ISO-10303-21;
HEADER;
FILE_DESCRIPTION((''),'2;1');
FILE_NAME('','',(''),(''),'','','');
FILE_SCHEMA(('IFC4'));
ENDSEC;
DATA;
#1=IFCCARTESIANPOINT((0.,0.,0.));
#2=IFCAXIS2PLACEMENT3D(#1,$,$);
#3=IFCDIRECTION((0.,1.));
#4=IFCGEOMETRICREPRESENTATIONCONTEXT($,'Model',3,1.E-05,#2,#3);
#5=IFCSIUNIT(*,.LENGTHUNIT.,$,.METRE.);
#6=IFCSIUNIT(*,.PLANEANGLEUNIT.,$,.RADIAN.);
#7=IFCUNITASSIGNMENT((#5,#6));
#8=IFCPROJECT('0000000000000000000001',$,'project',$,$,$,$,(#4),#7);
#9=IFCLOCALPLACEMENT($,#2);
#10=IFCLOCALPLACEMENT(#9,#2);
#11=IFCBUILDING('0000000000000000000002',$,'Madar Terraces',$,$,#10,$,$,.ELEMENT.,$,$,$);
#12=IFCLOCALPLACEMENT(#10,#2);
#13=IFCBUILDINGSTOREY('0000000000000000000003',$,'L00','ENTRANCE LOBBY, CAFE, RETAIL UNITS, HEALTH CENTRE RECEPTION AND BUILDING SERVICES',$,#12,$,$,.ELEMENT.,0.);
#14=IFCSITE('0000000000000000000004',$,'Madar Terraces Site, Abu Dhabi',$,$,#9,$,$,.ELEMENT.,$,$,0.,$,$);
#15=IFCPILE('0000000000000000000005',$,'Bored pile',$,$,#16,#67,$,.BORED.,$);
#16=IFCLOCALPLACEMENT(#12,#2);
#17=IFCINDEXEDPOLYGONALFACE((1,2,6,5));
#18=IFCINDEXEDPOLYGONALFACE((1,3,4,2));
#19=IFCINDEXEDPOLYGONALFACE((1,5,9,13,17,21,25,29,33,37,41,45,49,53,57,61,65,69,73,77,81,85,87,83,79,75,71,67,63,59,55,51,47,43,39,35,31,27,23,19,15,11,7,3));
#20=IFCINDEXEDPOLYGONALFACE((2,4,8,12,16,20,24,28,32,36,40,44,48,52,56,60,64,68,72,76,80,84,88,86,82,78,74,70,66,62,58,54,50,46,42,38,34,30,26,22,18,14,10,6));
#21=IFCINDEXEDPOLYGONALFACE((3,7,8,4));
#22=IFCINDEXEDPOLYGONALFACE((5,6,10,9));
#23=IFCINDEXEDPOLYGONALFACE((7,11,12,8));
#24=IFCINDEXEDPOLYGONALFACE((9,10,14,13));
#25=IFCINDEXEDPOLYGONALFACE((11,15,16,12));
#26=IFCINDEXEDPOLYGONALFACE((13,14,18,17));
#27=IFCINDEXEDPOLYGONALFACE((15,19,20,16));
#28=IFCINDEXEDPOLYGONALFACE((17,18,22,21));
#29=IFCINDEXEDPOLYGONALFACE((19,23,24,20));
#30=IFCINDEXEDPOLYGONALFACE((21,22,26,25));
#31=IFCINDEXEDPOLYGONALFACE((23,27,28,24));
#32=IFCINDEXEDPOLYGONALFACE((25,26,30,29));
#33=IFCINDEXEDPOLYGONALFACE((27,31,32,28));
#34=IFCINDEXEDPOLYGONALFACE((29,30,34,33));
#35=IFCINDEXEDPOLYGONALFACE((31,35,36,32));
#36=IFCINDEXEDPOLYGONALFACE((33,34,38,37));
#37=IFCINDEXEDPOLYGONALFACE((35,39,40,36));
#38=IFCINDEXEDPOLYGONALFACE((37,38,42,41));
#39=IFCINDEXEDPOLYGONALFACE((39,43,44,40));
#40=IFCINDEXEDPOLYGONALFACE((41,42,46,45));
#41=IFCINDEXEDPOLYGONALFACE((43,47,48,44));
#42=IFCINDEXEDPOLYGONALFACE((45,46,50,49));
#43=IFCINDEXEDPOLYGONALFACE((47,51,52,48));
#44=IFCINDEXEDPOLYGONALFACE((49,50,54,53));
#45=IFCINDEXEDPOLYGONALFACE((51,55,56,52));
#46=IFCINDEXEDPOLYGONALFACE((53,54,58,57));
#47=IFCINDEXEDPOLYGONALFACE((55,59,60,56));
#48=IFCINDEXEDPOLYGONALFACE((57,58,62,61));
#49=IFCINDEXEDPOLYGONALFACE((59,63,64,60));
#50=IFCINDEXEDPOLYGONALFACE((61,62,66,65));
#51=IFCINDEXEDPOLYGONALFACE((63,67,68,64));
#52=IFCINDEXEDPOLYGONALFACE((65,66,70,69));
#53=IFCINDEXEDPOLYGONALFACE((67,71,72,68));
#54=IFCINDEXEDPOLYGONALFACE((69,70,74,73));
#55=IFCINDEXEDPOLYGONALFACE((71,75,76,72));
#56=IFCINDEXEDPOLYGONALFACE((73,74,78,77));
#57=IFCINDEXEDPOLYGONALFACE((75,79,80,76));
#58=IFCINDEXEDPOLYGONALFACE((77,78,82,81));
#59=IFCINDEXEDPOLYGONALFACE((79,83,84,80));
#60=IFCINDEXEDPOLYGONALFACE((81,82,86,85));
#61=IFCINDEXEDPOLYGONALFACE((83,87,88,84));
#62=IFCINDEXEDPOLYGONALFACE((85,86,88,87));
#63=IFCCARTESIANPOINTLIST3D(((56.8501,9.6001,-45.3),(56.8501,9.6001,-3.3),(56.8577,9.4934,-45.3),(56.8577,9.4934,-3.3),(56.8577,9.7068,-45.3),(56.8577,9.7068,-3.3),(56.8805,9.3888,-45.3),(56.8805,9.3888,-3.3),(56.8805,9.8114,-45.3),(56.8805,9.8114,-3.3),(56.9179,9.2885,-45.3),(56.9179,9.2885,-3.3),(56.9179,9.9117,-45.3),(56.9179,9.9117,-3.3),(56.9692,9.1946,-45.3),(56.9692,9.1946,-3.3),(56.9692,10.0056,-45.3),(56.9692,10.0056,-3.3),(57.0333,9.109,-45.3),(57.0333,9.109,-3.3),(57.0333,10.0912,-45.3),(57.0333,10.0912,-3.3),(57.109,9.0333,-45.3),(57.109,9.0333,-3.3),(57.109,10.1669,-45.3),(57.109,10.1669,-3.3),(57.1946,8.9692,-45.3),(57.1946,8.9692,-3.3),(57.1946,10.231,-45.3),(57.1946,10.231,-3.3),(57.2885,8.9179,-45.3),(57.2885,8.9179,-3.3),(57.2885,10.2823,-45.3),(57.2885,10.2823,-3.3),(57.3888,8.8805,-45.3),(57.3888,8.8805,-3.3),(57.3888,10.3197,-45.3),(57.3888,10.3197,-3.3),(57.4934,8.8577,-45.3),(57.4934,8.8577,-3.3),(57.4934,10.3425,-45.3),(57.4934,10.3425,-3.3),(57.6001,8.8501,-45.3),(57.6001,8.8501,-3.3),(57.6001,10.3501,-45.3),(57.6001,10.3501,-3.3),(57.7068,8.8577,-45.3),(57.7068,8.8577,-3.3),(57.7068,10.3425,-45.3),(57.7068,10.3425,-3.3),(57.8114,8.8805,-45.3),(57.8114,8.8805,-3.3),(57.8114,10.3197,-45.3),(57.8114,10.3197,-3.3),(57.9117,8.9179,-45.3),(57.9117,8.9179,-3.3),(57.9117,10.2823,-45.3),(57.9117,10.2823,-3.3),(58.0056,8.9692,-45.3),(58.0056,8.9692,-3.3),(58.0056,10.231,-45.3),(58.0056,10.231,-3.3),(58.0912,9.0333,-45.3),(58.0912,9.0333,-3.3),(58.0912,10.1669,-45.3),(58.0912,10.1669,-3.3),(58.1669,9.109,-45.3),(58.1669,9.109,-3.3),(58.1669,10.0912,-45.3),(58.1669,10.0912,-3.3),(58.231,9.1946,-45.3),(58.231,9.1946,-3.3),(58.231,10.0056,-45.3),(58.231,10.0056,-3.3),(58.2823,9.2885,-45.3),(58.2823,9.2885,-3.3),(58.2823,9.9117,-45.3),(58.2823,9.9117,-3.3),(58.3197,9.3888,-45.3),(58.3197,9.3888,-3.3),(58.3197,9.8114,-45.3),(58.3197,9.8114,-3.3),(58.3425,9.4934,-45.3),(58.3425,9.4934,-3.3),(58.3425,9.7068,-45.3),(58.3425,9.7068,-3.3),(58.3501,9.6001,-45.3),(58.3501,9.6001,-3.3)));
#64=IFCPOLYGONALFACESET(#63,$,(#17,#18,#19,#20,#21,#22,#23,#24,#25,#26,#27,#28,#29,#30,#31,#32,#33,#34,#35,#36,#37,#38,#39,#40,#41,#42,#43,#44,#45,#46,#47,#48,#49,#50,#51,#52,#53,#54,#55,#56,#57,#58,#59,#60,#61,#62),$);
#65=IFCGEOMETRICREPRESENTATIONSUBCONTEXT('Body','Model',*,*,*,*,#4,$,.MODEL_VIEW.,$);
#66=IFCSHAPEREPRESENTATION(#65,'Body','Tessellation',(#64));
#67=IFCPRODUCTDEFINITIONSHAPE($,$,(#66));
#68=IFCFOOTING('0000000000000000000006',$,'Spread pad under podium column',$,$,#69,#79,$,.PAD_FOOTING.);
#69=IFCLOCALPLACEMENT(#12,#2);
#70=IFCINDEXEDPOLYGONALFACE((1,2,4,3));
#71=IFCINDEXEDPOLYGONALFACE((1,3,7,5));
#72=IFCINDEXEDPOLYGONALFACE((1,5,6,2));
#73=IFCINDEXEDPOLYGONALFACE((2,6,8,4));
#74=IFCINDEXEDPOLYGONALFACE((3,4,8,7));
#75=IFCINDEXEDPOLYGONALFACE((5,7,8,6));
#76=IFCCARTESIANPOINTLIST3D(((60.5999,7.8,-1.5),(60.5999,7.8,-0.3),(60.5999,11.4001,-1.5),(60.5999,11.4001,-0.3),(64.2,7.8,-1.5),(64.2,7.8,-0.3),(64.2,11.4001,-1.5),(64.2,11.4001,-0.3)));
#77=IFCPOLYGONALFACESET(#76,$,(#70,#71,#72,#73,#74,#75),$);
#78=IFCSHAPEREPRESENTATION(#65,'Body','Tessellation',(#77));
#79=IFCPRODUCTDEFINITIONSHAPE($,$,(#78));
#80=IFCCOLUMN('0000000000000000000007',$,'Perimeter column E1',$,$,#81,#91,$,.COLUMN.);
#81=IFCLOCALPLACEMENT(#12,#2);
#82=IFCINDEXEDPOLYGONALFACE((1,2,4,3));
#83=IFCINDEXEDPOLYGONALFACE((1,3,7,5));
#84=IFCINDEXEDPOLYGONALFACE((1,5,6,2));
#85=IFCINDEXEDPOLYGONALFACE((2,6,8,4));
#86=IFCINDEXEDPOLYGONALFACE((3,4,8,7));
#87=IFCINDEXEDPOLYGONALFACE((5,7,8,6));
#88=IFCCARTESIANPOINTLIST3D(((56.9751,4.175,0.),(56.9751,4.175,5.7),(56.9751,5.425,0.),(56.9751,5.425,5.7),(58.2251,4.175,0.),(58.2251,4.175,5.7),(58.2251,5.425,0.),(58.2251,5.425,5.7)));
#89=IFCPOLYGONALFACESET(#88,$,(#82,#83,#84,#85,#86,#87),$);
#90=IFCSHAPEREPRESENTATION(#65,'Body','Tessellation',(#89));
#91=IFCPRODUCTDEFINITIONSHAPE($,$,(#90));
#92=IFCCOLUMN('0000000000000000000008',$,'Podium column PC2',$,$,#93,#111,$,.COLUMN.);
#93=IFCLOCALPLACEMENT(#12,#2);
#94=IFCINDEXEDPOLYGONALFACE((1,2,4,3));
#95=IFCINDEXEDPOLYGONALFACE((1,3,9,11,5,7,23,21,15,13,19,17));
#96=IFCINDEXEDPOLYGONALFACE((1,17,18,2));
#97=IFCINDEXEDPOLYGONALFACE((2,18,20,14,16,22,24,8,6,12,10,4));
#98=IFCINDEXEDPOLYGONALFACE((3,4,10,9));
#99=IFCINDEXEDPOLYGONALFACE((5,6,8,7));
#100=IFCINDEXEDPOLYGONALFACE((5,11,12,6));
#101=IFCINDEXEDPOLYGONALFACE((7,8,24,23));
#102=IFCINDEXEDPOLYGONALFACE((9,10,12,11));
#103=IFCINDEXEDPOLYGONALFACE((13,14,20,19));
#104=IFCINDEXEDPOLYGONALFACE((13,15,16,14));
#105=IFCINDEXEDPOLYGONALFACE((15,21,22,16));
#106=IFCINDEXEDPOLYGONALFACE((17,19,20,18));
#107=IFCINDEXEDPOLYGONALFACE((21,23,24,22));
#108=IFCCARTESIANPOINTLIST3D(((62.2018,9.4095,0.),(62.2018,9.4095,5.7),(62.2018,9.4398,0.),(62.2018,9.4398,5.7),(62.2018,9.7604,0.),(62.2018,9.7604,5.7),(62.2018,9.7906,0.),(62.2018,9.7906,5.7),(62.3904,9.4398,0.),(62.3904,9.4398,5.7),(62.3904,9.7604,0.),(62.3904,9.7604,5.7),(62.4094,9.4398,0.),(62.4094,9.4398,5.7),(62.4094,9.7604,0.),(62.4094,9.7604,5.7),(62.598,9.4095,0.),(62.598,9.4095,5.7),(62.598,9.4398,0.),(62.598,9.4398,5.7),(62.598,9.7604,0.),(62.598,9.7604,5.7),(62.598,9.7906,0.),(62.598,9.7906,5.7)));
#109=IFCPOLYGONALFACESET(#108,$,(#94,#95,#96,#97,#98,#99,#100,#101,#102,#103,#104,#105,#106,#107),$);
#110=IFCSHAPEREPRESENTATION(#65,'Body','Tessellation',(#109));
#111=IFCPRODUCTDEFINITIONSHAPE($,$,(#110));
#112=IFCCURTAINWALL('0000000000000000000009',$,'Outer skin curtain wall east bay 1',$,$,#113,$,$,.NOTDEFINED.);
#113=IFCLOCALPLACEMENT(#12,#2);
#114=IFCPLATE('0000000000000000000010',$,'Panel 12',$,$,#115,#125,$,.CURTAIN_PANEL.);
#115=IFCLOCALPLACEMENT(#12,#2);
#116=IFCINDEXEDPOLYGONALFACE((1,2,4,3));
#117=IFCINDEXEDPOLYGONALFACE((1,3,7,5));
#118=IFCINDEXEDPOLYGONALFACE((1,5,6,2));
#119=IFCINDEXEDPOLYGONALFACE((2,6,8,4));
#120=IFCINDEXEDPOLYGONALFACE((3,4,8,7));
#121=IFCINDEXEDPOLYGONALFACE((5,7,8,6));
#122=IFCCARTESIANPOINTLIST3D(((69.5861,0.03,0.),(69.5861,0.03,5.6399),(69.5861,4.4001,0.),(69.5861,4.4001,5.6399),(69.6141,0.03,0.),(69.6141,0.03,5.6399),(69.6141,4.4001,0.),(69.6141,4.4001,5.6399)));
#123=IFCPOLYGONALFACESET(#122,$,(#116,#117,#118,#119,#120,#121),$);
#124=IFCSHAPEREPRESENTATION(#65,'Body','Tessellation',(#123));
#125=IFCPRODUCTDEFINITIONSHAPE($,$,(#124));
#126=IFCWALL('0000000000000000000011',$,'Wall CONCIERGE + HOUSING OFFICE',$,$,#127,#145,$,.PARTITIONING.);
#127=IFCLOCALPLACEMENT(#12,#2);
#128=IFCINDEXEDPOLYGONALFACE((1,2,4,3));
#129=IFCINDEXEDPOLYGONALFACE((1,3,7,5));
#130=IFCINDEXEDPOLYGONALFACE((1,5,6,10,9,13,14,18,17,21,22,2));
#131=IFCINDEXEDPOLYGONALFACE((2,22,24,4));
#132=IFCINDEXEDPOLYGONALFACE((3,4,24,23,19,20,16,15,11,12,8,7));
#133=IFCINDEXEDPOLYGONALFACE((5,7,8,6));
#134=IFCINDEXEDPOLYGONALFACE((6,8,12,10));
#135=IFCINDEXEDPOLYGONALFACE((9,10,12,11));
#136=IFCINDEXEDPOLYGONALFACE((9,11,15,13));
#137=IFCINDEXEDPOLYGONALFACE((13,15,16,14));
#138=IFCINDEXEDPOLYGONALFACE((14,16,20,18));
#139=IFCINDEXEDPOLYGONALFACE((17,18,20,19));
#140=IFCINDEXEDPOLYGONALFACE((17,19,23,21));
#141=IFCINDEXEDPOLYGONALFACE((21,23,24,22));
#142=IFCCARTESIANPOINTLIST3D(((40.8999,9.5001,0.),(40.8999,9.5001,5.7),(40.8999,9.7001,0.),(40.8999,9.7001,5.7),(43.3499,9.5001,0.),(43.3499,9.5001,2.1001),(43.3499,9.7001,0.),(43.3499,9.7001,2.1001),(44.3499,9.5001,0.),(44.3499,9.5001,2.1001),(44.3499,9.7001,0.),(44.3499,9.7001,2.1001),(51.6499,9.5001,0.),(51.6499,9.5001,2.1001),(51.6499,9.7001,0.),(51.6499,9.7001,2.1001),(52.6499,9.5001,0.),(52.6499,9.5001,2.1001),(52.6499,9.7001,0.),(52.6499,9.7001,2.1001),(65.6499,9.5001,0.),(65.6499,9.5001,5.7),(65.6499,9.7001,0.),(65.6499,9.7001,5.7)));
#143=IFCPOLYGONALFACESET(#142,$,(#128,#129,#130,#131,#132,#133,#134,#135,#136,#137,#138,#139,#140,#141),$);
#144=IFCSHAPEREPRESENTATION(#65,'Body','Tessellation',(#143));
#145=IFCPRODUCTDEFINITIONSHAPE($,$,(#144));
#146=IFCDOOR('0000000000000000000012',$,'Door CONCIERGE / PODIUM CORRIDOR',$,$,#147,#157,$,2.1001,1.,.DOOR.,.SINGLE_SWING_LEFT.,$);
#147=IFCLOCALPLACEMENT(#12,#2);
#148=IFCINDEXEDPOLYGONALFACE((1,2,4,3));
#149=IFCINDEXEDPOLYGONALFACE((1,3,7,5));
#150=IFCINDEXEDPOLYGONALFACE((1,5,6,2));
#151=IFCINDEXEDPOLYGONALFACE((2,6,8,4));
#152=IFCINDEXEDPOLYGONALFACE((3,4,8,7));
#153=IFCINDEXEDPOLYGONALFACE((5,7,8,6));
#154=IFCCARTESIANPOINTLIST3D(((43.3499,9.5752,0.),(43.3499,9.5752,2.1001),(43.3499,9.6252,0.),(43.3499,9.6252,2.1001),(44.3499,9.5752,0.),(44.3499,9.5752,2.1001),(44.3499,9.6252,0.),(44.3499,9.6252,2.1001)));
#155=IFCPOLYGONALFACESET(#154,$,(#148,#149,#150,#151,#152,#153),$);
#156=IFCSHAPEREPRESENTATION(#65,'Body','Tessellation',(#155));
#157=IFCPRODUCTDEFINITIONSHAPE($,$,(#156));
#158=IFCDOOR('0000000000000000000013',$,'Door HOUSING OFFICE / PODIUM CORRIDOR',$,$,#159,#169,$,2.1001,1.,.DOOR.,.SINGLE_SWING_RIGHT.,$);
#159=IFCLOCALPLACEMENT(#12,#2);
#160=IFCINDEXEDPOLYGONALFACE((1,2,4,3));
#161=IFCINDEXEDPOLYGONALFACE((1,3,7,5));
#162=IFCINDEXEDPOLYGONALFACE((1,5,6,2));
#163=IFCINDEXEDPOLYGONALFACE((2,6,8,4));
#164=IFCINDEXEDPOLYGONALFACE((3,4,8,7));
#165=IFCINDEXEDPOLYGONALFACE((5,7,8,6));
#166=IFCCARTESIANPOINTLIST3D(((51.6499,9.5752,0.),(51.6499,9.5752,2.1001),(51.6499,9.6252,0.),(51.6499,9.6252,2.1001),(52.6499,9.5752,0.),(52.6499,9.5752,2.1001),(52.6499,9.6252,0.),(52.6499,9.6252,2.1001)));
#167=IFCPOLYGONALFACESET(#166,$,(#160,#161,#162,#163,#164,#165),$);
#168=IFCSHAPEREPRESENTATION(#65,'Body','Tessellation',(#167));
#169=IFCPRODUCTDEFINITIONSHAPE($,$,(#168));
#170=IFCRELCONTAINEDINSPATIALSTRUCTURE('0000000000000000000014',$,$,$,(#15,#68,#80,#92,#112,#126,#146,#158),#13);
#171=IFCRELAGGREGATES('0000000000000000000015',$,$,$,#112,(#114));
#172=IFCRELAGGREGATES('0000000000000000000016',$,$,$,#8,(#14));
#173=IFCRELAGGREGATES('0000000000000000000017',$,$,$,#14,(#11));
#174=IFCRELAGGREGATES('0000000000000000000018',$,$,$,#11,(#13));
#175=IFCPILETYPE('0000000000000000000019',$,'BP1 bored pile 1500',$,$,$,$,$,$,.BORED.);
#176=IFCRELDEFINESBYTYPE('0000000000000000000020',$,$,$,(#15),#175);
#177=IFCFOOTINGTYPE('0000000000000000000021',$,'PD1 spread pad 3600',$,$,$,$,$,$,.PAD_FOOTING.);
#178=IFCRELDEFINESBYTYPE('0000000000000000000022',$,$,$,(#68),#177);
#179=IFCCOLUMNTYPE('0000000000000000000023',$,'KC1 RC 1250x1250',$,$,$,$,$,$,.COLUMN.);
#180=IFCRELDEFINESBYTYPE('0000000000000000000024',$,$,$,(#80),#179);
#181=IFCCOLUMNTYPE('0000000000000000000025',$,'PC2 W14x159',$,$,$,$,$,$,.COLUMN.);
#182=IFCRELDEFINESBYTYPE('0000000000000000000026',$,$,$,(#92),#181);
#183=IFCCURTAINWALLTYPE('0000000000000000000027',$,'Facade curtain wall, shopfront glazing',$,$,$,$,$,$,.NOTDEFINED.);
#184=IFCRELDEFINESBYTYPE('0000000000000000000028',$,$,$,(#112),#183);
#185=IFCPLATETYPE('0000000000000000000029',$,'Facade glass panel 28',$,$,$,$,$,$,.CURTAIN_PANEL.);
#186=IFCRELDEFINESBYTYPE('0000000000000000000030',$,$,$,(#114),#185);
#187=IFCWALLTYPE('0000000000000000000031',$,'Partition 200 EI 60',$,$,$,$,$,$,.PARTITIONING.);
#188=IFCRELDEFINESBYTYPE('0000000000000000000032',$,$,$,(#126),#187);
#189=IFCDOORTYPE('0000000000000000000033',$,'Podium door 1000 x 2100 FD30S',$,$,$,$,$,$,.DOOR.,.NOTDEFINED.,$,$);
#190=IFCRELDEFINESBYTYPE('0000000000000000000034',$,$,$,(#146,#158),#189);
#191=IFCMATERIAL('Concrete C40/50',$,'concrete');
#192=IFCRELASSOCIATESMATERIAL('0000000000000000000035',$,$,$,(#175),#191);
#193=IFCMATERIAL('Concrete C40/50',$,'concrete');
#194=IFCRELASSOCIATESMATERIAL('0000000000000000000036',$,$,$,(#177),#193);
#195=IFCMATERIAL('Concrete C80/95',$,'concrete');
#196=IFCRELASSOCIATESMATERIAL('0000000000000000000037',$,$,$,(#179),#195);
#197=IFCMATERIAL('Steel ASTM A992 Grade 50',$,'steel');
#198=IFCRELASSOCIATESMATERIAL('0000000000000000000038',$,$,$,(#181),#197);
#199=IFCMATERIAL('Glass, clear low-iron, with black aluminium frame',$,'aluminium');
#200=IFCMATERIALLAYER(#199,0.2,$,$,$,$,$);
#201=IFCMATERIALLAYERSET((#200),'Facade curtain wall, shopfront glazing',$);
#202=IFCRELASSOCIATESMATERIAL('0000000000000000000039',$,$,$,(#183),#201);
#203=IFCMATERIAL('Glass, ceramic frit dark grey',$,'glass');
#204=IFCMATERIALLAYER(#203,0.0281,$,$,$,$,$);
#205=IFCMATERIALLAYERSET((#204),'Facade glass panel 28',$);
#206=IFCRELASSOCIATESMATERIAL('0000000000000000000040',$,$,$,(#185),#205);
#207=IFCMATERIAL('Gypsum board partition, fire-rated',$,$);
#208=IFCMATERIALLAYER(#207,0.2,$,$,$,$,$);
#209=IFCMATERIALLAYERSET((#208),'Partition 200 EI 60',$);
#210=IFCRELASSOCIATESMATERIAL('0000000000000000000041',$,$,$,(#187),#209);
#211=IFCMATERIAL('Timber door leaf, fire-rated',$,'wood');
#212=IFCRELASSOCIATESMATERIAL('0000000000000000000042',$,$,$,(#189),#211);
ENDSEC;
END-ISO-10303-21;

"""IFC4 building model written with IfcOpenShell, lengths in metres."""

from ifc_helpers import new_model, si_unit, direction, frame, frame_2d, origin, origin_2d, place, context, subcontext, project, spatial, rectangle, circle, i_section, extrude, material, layer, layer_set, material_profile, profile_set, type_object, element, fill, aggregate, save


model = new_model("IFC4")

# Units and contexts
model_context = context("Model", 3, precision=1e-05, world=origin(), true_north=direction((0.0, 1.0)))
body_context = subcontext(model_context, "Body", "Model", "MODEL_VIEW")
ifc_project = project(units=[si_unit("LENGTHUNIT", "METRE"), si_unit("PLANEANGLEUNIT", "RADIAN")], contexts=[model_context])

# Site, building, storey
site_placement = place(None, origin())
site = spatial("IfcSite", under=ifc_project, at=site_placement, Name="Madar Terraces Site, Abu Dhabi", CompositionType="ELEMENT", RefElevation=0.0)
building_placement = place(site_placement, origin())
building = spatial("IfcBuilding", under=site, at=building_placement, Name="Madar Terraces", CompositionType="ELEMENT")
storey_placement = place(building_placement, origin())
storey = spatial("IfcBuildingStorey", under=building, at=storey_placement, Name="L00", Description="ENTRANCE LOBBY, CAFE, RETAIL UNITS, HEALTH CENTRE RECEPTION AND BUILDING SERVICES", CompositionType="ELEMENT", Elevation=0.0)

# Pile
ifc_material_1 = material(Name="Concrete C40/50", Category="concrete")
ifc_material_profile_1 = material_profile(ifc_material_1, circle(Radius=0.75, at=origin_2d()), Name="BP1 bored pile 1500")
ifc_profile_set_1 = profile_set([ifc_material_profile_1], Name="Concrete C40/50")
pile_type = type_object("IfcPileType", Name="BP1 bored pile 1500", PredefinedType="BORED", material=ifc_profile_set_1)
for number, where, z_axis, x_axis, name in (
    (1, (57.6001, 9.6001, -3.3), (0.0, 0.0, -1.0), (1.0, 0.0, 0.0), "Bored pile"),
):
    element("IfcPile", number, at=place(storey_placement, frame(where, z_axis=z_axis, x_axis=x_axis)), inside=storey, type_object=pile_type, Name=name, PredefinedType="BORED", context=body_context, shape_type="SweptSolid", body=[
        extrude(circle(Radius=0.75, at=origin_2d()), origin(), (0.0, 0.0, 1.0), 42.0),
    ])

# Footing
ifc_material_2 = material(Name="Concrete C40/50", Category="concrete")
footing_type = type_object("IfcFootingType", Name="PD1 spread pad 3600", PredefinedType="PAD_FOOTING", material=ifc_material_2)
footing_placement = place(storey_placement, frame((62.3999, 9.6001, -1.5), z_axis=(0.0, 0.0, 1.0), x_axis=(1.0, 0.0, 0.0)))
element("IfcFooting", 2, at=footing_placement, inside=storey, type_object=footing_type, Name="Spread pad under podium column", PredefinedType="PAD_FOOTING", context=body_context, shape_type="SweptSolid", body=[
    extrude(rectangle(XDim=3.6001, YDim=3.6001, at=origin_2d()), origin(), (0.0, 0.0, 1.0), 1.2),
])

# Columns
ifc_material_3 = material(Name="Concrete C80/95", Category="concrete")
ifc_material_profile_2 = material_profile(ifc_material_3, rectangle(XDim=1.25, YDim=1.25, at=origin_2d()), Name="KC1 RC 1250x1250")
ifc_profile_set_2 = profile_set([ifc_material_profile_2], Name="Concrete C80/95")
column_type_1 = type_object("IfcColumnType", Name="KC1 RC 1250x1250", PredefinedType="COLUMN", material=ifc_profile_set_2)
column_1_placement = place(storey_placement, frame((57.6001, 4.8, 0.0), z_axis=(0.0, 0.0, 1.0), x_axis=(1.0, 0.0, 0.0)))
element("IfcColumn", 3, at=column_1_placement, inside=storey, type_object=column_type_1, Name="Perimeter column E1", PredefinedType="COLUMN", context=body_context, shape_type="SweptSolid", body=[
    extrude(rectangle(XDim=1.25, YDim=1.25, at=origin_2d()), origin(), (0.0, 0.0, 1.0), 5.7),
])
ifc_material_4 = material(Name="Steel ASTM A992 Grade 50", Category="steel")
ifc_material_profile_3 = material_profile(ifc_material_4, i_section(OverallWidth=0.3962, OverallDepth=0.3811, WebThickness=0.019, FlangeThickness=0.0303, at=origin_2d()), Name="W14x159")
ifc_profile_set_3 = profile_set([ifc_material_profile_3], Name="Steel ASTM A992 Grade 50")
column_type_2 = type_object("IfcColumnType", Name="PC2 W14x159", PredefinedType="COLUMN", material=ifc_profile_set_3)
column_2_placement = place(storey_placement, frame((62.3999, 9.6001, 0.0), z_axis=(0.0, 0.0, 1.0), x_axis=(1.0, 0.0, 0.0)))
element("IfcColumn", 4, at=column_2_placement, inside=storey, type_object=column_type_2, Name="Podium column PC2", PredefinedType="COLUMN", context=body_context, shape_type="SweptSolid", body=[
    extrude(i_section(OverallWidth=0.3962, OverallDepth=0.3811, WebThickness=0.019, FlangeThickness=0.0303, at=origin_2d()), origin(), (0.0, 0.0, 1.0), 5.7),
])

# Curtain wall, plate
ifc_material_5 = material(Name="Glass, clear low-iron, with black aluminium frame", Category="aluminium")
ifc_layer_1 = layer(ifc_material_5, 0.2)
ifc_layer_set_1 = layer_set([ifc_layer_1], Name="Facade curtain wall, shopfront glazing")
curtain_wall_type = type_object("IfcCurtainWallType", Name="Facade curtain wall, shopfront glazing", PredefinedType="NOTDEFINED", material=ifc_layer_set_1)
curtain_wall_placement = place(storey_placement, origin())
curtain_wall = element("IfcCurtainWall", 5, at=curtain_wall_placement, inside=storey, type_object=curtain_wall_type, Name="Outer skin curtain wall east bay 1", PredefinedType="NOTDEFINED")
ifc_material_6 = material(Name="Glass, ceramic frit dark grey", Category="glass")
ifc_layer_2 = layer(ifc_material_6, 0.0281)
ifc_layer_set_2 = layer_set([ifc_layer_2], Name="Facade glass panel 28")
plate_type = type_object("IfcPlateType", Name="Facade glass panel 28", PredefinedType="CURTAIN_PANEL", material=ifc_layer_set_2)
plate_placement = place(storey_placement, frame((69.6001, 2.2151, 0.0), z_axis=(0.0, 0.0, 1.0), x_axis=(0.0, 1.0, 0.0)))
plate = element("IfcPlate", 6, at=plate_placement, type_object=plate_type, Name="Panel 12", PredefinedType="CURTAIN_PANEL", context=body_context, shape_type="SweptSolid", body=[
    extrude(rectangle(XDim=4.3701, YDim=0.0281, at=origin_2d()), origin(), (0.0, 0.0, 1.0), 5.6399),
])
aggregate(curtain_wall, [plate])

# Wall, openings, doors
ifc_material_7 = material(Name="Gypsum board partition, fire-rated")
ifc_layer_3 = layer(ifc_material_7, 0.2)
ifc_layer_set_3 = layer_set([ifc_layer_3], Name="Partition 200 EI 60")
wall_type_1 = type_object("IfcWallType", Name="Partition 200 EI 60", PredefinedType="PARTITIONING", material=ifc_layer_set_3)
wall_1_placement = place(storey_placement, frame((65.6499, 9.6001, 0.0), z_axis=(0.0, 0.0, 1.0), x_axis=(-1.0, 0.0, 0.0)))
wall_1 = element("IfcWall", 7, at=wall_1_placement, inside=storey, type_object=wall_type_1, Name="Wall CONCIERGE + HOUSING OFFICE", PredefinedType="PARTITIONING", context=body_context, shape_type="SweptSolid", body=[
    extrude(rectangle(XDim=24.75, YDim=0.2, at=frame_2d((12.375, 0.0))), origin(), (0.0, 0.0, 1.0), 5.7),
])
opening_1_placement = place(wall_1_placement, frame((21.3, 0.0, 0.0)))
opening_1 = element("IfcOpeningElement", 8, at=opening_1_placement, cuts=wall_1, PredefinedType="OPENING", context=body_context, shape_type="SweptSolid", body=[
    extrude(rectangle(XDim=1.0, YDim=2.1001, at=frame_2d((0.5, 1.05))), frame((0.0, 0.1099, 0.0), z_axis=(0.0, -1.0, 0.0), x_axis=(1.0, 0.0, 0.0)), (0.0, 0.0, 1.0), 0.22),
])
opening_2_placement = place(wall_1_placement, frame((13.0, 0.0, 0.0)))
opening_2 = element("IfcOpeningElement", 9, at=opening_2_placement, cuts=wall_1, PredefinedType="OPENING", context=body_context, shape_type="SweptSolid", body=[
    extrude(rectangle(XDim=1.0, YDim=2.1001, at=frame_2d((0.5, 1.05))), frame((0.0, 0.1099, 0.0), z_axis=(0.0, -1.0, 0.0), x_axis=(1.0, 0.0, 0.0)), (0.0, 0.0, 1.0), 0.22),
])
ifc_material_8 = material(Name="Timber door leaf, fire-rated", Category="wood")
door_type_1 = type_object("IfcDoorType", Name="Podium door 1000 x 2100 FD30S", OperationType="NOTDEFINED", PredefinedType="DOOR", material=ifc_material_8)
door_1_placement = place(opening_1_placement, origin())
door_1 = element("IfcDoor", 10, at=door_1_placement, inside=storey, type_object=door_type_1, Name="Door CONCIERGE / PODIUM CORRIDOR", OperationType="SINGLE_SWING_LEFT", OverallHeight=2.1001, OverallWidth=1.0, PredefinedType="DOOR", context=body_context, shape_type="SweptSolid", body=[
    extrude(rectangle(XDim=1.0, YDim=2.1001, at=frame_2d((0.5, 1.05))), frame((0.0, 0.0249, 0.0), z_axis=(0.0, -1.0, 0.0), x_axis=(1.0, 0.0, 0.0)), (0.0, 0.0, 1.0), 0.05),
])
fill(opening_1, door_1)
door_2_placement = place(opening_2_placement, origin())
door_2 = element("IfcDoor", 11, at=door_2_placement, inside=storey, type_object=door_type_1, Name="Door HOUSING OFFICE / PODIUM CORRIDOR", OperationType="SINGLE_SWING_RIGHT", OverallHeight=2.1001, OverallWidth=1.0, PredefinedType="DOOR", context=body_context, shape_type="SweptSolid", body=[
    extrude(rectangle(XDim=1.0, YDim=2.1001, at=frame_2d((0.5, 1.05))), frame((0.0, 0.0249, 0.0), z_axis=(0.0, -1.0, 0.0), x_axis=(1.0, 0.0, 0.0)), (0.0, 0.0, 1.0), 0.05),
])
fill(opening_2, door_2)

save(model, "model.ifc")
